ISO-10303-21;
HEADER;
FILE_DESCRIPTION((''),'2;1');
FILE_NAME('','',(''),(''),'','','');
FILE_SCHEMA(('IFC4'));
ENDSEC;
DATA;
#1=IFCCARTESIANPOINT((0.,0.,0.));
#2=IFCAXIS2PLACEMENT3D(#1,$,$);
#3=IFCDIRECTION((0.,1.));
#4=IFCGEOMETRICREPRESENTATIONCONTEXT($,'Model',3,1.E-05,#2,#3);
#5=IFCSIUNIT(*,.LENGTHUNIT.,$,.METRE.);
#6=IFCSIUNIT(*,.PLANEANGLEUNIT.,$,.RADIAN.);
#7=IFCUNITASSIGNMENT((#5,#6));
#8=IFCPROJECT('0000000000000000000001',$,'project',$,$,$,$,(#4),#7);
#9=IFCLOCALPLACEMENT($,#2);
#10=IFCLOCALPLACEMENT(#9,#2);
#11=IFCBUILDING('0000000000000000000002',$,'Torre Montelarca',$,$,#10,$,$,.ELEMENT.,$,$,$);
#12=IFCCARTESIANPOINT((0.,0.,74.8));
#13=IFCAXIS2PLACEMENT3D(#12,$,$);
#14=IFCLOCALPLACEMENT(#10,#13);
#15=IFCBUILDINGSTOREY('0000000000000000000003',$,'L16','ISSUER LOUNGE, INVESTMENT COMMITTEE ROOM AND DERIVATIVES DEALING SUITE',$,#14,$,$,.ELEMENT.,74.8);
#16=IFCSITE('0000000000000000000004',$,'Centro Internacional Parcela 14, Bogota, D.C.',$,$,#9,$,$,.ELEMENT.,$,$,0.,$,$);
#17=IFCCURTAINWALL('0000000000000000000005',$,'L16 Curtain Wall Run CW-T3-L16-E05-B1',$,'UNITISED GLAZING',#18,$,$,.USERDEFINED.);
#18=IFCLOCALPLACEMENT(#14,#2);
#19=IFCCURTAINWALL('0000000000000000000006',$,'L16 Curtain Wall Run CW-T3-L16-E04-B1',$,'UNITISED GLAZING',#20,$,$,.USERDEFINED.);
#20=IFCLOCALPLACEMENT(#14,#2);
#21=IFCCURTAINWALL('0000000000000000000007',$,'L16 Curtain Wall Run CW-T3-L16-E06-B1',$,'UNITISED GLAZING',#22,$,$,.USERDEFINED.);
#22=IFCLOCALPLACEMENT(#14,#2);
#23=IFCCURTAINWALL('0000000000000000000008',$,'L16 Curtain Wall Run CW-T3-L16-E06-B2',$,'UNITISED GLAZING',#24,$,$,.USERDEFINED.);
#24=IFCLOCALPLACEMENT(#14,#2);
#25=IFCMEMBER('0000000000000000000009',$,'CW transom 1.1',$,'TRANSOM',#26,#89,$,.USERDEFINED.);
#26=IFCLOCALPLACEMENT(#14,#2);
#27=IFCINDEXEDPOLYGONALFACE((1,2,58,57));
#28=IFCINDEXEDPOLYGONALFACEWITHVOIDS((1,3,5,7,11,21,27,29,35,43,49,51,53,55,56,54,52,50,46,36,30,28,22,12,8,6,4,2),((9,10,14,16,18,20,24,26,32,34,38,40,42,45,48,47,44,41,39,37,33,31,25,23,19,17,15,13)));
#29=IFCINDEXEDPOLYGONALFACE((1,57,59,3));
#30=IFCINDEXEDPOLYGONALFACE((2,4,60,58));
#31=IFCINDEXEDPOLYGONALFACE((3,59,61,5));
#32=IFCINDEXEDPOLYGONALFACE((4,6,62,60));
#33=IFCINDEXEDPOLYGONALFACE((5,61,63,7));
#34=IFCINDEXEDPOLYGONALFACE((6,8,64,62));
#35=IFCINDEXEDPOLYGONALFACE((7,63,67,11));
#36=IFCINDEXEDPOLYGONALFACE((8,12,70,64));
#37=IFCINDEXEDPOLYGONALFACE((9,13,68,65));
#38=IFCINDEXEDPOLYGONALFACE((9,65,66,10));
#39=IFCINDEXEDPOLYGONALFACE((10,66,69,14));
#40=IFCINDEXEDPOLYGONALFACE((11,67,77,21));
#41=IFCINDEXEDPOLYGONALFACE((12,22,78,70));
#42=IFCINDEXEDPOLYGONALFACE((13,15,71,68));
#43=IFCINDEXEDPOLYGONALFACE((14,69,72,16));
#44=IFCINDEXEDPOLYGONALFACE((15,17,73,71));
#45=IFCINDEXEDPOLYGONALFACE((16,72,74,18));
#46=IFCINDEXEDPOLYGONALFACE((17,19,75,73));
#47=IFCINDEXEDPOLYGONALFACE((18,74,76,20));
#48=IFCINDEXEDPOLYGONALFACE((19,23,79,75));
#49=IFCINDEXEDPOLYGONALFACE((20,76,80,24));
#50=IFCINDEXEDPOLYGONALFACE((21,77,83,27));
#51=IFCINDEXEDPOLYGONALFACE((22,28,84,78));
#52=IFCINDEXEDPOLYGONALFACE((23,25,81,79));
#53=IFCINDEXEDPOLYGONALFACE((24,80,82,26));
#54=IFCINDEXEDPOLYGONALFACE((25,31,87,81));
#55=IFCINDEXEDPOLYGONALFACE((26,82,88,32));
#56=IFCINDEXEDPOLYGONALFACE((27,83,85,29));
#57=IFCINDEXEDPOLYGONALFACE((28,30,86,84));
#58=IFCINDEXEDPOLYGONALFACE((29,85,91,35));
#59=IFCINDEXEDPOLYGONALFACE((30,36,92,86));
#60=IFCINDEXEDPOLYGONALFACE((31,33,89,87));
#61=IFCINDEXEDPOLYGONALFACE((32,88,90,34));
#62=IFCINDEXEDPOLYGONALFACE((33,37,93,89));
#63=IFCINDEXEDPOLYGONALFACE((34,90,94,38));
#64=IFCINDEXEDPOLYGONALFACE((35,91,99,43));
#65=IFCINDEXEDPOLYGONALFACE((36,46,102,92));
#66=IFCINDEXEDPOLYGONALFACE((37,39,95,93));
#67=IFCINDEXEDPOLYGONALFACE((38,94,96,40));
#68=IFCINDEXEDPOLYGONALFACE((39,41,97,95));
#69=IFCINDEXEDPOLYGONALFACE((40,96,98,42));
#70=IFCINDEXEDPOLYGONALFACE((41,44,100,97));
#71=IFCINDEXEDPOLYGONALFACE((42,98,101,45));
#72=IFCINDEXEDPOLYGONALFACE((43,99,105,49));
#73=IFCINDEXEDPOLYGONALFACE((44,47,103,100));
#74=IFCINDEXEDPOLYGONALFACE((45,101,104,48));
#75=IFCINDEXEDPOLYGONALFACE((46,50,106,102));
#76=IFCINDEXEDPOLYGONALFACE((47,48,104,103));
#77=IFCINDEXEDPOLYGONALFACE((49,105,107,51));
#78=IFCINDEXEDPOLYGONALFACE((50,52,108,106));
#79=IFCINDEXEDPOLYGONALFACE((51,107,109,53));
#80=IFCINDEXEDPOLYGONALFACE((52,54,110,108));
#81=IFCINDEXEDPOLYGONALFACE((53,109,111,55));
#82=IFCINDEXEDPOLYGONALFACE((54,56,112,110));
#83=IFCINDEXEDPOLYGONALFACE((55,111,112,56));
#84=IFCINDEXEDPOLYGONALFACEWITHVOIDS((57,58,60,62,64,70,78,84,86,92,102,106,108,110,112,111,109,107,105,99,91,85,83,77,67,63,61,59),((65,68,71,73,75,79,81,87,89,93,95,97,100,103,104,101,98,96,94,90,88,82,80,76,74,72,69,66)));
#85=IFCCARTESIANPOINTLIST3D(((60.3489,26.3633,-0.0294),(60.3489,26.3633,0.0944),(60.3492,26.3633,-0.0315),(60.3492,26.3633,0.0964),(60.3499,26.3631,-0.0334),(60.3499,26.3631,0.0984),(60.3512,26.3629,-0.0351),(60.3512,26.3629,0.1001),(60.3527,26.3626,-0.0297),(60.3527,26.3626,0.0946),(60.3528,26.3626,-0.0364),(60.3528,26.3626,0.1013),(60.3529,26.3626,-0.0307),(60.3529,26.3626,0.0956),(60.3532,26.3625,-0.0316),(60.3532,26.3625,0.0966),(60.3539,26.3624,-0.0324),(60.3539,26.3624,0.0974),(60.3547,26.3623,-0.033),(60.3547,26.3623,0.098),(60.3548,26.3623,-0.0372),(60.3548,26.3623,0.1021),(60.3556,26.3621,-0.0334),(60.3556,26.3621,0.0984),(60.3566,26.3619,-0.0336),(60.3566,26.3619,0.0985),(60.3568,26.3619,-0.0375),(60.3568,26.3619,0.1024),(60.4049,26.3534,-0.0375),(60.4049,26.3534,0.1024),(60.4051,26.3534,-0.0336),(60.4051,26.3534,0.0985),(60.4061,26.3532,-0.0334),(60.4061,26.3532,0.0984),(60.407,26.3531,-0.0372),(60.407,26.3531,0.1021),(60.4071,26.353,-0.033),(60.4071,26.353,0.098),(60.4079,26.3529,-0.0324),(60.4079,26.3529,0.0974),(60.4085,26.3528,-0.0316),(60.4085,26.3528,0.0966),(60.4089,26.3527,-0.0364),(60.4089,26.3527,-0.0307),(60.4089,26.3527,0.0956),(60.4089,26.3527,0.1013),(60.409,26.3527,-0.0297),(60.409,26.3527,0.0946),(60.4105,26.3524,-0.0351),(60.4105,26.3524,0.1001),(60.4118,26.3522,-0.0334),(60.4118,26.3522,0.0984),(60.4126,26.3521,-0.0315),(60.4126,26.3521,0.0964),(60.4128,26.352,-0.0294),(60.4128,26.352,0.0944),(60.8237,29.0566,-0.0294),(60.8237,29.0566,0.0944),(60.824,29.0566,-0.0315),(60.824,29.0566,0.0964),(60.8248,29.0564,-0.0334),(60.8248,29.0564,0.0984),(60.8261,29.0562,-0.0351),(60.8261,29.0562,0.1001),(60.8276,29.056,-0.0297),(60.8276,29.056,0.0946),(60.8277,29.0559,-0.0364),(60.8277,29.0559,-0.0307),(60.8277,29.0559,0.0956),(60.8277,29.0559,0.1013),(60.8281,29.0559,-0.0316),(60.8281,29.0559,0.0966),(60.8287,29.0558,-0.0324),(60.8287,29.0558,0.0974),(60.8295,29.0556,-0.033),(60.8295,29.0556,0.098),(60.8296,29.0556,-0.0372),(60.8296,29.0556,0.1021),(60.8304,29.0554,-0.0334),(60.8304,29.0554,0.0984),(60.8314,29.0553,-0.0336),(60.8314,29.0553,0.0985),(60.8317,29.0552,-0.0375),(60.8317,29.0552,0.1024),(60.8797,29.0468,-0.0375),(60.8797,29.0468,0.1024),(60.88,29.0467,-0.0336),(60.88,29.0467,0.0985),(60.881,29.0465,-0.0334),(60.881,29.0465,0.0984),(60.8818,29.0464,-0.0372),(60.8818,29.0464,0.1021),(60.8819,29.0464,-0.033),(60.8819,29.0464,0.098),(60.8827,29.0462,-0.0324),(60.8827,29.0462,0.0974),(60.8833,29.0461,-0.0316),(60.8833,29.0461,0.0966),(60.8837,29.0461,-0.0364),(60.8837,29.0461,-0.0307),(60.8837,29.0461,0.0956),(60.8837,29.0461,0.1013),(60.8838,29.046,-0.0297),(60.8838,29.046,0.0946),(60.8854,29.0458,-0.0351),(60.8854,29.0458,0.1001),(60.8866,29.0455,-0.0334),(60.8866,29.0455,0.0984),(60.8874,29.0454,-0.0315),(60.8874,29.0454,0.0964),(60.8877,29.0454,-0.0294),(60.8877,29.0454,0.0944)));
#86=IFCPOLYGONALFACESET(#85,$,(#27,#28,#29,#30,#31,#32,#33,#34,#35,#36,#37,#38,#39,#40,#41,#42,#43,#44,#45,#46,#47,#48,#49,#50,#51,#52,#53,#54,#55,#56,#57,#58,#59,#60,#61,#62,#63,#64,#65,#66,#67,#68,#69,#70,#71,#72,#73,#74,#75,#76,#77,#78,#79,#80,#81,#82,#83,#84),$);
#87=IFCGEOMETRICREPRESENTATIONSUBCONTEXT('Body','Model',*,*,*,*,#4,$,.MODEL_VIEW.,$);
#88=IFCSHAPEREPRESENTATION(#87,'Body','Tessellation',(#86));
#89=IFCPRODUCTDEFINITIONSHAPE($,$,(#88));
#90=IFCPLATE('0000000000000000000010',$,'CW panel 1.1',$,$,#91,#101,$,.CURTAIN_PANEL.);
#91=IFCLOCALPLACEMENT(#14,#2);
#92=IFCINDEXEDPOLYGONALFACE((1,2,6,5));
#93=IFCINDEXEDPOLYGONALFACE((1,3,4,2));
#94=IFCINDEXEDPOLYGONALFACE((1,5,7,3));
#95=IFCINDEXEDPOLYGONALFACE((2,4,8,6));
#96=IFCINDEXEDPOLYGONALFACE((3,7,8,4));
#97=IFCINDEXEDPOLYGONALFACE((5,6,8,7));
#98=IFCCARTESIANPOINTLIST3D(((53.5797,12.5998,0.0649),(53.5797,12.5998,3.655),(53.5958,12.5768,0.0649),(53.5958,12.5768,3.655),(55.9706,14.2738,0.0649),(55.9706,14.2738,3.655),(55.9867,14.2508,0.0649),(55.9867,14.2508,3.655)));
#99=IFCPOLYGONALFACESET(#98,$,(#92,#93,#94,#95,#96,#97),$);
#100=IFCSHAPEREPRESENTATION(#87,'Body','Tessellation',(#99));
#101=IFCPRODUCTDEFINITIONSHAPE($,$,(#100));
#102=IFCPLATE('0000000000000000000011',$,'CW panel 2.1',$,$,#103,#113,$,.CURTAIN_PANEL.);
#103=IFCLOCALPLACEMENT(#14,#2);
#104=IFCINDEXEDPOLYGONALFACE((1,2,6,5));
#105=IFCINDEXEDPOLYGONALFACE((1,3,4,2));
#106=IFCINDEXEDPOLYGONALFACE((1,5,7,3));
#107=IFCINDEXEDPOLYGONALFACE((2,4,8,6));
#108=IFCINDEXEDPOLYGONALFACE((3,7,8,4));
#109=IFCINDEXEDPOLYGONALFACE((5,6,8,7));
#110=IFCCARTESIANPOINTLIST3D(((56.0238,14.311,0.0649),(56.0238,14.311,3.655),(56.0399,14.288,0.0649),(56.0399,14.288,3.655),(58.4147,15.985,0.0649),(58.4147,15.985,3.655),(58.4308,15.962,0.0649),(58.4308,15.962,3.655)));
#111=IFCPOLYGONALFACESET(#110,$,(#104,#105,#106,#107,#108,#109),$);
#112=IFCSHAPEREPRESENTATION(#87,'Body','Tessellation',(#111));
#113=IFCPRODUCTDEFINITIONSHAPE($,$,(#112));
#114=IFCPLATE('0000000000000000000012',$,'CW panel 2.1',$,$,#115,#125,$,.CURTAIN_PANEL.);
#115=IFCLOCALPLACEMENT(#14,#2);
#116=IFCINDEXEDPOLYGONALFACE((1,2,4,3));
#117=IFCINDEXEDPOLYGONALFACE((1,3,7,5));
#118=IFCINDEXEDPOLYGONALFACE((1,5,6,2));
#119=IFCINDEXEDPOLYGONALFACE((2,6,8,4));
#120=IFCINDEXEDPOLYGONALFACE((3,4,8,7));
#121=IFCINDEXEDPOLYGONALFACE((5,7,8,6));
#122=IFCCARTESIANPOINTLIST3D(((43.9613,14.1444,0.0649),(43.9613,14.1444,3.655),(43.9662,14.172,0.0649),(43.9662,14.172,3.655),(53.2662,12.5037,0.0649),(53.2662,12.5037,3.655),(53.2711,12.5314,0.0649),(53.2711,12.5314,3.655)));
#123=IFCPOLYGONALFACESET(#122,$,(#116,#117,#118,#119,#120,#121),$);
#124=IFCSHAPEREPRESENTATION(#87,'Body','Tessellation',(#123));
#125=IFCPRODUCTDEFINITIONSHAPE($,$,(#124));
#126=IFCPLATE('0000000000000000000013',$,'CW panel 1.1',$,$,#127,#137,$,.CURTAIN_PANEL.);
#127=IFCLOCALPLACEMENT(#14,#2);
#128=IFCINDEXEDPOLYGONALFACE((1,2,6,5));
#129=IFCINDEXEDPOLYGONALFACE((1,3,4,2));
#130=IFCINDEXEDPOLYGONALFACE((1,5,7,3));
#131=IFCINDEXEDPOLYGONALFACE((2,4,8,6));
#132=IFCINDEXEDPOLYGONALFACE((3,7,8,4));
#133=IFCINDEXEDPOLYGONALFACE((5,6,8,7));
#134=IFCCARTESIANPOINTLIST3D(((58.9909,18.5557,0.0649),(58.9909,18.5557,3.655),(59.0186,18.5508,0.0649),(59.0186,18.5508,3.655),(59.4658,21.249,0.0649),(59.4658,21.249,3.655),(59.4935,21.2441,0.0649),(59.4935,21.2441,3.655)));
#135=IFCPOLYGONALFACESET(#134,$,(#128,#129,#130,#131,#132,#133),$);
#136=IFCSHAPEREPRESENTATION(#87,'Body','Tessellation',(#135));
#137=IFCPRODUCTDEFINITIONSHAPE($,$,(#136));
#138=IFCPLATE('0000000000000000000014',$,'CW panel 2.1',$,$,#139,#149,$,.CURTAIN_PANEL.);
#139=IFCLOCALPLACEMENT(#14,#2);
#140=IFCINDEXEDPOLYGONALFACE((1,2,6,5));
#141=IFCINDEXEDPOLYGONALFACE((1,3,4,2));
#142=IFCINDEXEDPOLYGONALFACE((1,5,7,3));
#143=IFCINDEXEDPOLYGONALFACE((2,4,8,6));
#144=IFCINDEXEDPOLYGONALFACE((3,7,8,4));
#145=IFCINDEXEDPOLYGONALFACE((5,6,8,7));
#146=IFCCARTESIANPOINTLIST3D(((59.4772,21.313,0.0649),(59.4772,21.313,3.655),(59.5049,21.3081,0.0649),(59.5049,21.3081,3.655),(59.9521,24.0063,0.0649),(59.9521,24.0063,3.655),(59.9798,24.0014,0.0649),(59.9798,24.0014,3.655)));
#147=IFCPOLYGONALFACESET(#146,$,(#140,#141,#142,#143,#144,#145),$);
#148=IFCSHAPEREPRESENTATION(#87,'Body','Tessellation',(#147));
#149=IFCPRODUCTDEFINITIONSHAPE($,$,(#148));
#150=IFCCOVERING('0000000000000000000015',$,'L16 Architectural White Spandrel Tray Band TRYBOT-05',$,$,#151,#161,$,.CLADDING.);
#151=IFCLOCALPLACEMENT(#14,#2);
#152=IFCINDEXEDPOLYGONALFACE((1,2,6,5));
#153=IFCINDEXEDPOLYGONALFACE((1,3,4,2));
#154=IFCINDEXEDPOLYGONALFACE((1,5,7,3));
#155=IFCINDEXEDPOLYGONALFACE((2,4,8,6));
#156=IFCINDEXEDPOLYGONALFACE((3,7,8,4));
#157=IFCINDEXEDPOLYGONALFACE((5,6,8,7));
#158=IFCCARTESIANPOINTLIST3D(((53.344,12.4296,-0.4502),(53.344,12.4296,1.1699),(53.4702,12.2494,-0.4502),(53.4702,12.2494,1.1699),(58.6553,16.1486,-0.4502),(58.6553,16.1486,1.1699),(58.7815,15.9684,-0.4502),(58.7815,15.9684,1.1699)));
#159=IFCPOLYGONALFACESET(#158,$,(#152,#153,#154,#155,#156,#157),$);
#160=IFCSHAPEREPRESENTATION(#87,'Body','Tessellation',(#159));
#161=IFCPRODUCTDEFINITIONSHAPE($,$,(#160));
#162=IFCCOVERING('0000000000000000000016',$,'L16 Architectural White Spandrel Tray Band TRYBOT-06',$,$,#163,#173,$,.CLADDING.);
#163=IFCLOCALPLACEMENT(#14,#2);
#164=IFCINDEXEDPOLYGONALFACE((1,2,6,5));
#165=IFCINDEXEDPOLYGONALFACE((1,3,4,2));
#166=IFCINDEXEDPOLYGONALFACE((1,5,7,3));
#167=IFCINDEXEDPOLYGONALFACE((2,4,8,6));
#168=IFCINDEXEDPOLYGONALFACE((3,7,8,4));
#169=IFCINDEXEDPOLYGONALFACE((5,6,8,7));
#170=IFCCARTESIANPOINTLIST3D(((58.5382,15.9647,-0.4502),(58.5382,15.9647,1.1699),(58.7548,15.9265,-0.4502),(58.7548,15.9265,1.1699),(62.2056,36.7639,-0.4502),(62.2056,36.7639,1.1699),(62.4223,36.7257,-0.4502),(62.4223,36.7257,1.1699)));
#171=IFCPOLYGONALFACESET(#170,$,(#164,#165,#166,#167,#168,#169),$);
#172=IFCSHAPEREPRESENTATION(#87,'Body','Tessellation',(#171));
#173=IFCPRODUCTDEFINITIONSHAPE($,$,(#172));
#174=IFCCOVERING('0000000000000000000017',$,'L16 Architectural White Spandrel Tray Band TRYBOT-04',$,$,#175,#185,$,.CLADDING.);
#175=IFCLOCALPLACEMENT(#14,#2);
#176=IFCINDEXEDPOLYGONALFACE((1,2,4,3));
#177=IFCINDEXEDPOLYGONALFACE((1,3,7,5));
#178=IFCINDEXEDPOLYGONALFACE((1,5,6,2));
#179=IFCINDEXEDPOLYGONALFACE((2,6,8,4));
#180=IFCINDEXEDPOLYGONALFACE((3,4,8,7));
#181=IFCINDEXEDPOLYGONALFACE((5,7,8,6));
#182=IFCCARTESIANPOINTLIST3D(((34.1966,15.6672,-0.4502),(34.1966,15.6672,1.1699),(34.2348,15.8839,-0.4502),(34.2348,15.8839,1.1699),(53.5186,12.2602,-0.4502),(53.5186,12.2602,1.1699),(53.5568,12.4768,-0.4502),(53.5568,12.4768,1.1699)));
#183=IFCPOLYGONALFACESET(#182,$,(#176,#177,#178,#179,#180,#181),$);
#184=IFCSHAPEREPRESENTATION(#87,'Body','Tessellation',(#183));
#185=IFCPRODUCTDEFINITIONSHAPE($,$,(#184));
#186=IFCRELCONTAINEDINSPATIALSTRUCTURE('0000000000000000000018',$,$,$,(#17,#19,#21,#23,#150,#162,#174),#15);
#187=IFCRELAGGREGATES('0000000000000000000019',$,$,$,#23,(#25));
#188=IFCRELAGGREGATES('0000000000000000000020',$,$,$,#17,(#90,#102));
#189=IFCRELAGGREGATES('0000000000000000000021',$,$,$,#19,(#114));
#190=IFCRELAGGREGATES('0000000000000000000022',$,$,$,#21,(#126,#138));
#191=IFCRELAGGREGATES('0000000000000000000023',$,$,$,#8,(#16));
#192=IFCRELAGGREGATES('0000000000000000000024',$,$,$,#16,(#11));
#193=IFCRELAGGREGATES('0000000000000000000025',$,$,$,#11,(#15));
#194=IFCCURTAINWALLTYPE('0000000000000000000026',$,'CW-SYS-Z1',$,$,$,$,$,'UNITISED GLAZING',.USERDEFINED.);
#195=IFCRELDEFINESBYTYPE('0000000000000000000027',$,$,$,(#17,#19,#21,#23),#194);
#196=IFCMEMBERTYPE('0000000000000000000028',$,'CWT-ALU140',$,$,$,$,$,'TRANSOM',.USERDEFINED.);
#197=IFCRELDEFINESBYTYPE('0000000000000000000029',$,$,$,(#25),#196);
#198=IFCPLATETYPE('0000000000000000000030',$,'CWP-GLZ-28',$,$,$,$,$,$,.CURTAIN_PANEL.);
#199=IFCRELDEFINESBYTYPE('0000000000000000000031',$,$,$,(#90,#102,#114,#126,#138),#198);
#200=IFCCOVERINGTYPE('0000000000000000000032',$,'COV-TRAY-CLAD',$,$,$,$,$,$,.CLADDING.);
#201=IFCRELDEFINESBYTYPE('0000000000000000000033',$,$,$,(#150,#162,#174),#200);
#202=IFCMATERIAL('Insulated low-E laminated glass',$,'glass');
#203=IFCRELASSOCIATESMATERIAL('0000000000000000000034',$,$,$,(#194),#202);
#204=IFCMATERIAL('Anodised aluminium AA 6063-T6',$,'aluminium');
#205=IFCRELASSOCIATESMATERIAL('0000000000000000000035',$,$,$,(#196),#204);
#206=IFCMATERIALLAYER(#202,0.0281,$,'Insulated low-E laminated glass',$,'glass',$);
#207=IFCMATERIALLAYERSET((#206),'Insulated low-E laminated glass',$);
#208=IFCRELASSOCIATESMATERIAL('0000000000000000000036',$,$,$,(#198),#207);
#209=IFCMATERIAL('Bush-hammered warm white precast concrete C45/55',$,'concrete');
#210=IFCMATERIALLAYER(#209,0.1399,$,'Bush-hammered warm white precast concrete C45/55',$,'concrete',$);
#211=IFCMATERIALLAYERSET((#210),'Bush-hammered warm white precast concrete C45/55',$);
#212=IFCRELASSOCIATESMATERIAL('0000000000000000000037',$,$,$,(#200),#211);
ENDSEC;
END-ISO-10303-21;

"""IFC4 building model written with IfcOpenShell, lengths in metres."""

from ifc_helpers import new_model, si_unit, direction, frame, origin, origin_2d, place, context, subcontext, project, spatial, rectangle, hollow_rectangle, extrude, source, transform, mapped, material, layer, layer_set, material_profile, profile_set, type_object, element, aggregate, save


model = new_model("IFC4")

# Units and contexts
model_context = context("Model", 3, precision=1e-05, world=origin(), true_north=direction((0.0, 1.0)))
body_context = subcontext(model_context, "Body", "Model", "MODEL_VIEW")
ifc_project = project(units=[si_unit("LENGTHUNIT", "METRE"), si_unit("PLANEANGLEUNIT", "RADIAN")], contexts=[model_context])

# Site, building, storey
site_placement = place(None, origin())
site = spatial("IfcSite", under=ifc_project, at=site_placement, Name="Centro Internacional Parcela 14, Bogota, D.C.", CompositionType="ELEMENT", RefElevation=0.0)
building_placement = place(site_placement, origin())
building = spatial("IfcBuilding", under=site, at=building_placement, Name="Torre Montelarca", CompositionType="ELEMENT")
storey_placement = place(building_placement, frame((0.0, 0.0, 74.8)))
storey = spatial("IfcBuildingStorey", under=building, at=storey_placement, Name="L16", Description="ISSUER LOUNGE, INVESTMENT COMMITTEE ROOM AND DERIVATIVES DEALING SUITE", CompositionType="ELEMENT", Elevation=74.8)

# Curtain walls
ifc_material_1 = material(Name="Insulated low-E laminated glass", Category="glass")
curtain_wall_type = type_object("IfcCurtainWallType", Name="CW-SYS-Z1", ElementType="UNITISED GLAZING", PredefinedType="USERDEFINED", material=ifc_material_1)
curtain_wall_1_placement = place(storey_placement, origin())
curtain_wall_1 = element("IfcCurtainWall", 1, at=curtain_wall_1_placement, inside=storey, type_object=curtain_wall_type, Name="L16 Curtain Wall Run CW-T3-L16-E05-B1", ObjectType="UNITISED GLAZING", PredefinedType="USERDEFINED")
ifc_material_2 = material(Name="Anodised aluminium AA 6063-T6", Category="aluminium")
ifc_material_profile_1 = material_profile(ifc_material_2, hollow_rectangle(XDim=0.0649, YDim=0.1399, WallThickness=0.0039, InnerFilletRadius=0.0039, OuterFilletRadius=0.0081, at=origin_2d()), Name="ALU65X140X4", Category="aluminium")
ifc_profile_set_1 = profile_set([ifc_material_profile_1], Name="Anodised aluminium AA 6063-T6")
member_type_1 = type_object("IfcMemberType", Name="CWT-ALU140", ElementType="TRANSOM", PredefinedType="USERDEFINED", material=ifc_profile_set_1)
curtain_wall_2_placement = place(storey_placement, origin())
curtain_wall_2 = element("IfcCurtainWall", 2, at=curtain_wall_2_placement, inside=storey, type_object=curtain_wall_type, Name="L16 Curtain Wall Run CW-T3-L16-E04-B1", ObjectType="UNITISED GLAZING", PredefinedType="USERDEFINED")

# Curtain wall
curtain_wall_3_placement = place(storey_placement, origin())
curtain_wall_3 = element("IfcCurtainWall", 3, at=curtain_wall_3_placement, inside=storey, type_object=curtain_wall_type, Name="L16 Curtain Wall Run CW-T3-L16-E06-B1", ObjectType="UNITISED GLAZING", PredefinedType="USERDEFINED")

# Curtain wall
curtain_wall_4_placement = place(storey_placement, origin())
curtain_wall_4 = element("IfcCurtainWall", 4, at=curtain_wall_4_placement, inside=storey, type_object=curtain_wall_type, Name="L16 Curtain Wall Run CW-T3-L16-E06-B2", ObjectType="UNITISED GLAZING", PredefinedType="USERDEFINED")

# Member
shared_shape_1 = source(origin(), body_context, "Body", "SweptSolid", [
    extrude(hollow_rectangle(XDim=0.0649, YDim=0.1399, WallThickness=0.0039, InnerFilletRadius=0.0039, OuterFilletRadius=0.0081, at=origin_2d()), origin(), (0.0, 0.0, 1.0), 2.7349),
])
member_1_placement = place(storey_placement, frame((60.3809, 26.3577, 0.0325), z_axis=(0.173627, 0.984811, 0.0), x_axis=(-0.984811, 0.173627, 0.0)))
member_1 = element("IfcMember", 5, at=member_1_placement, type_object=member_type_1, Name="CW transom 1.1", ObjectType="TRANSOM", PredefinedType="USERDEFINED", context=body_context, shape_type="MappedRepresentation", body=[
    mapped(shared_shape_1, transform((0.0, 0.0, 0.0), scale=1.0)),
])
aggregate(curtain_wall_4, [member_1])

# Plates
ifc_layer_1 = layer(ifc_material_1, 0.0281, Name="Insulated low-E laminated glass", Category="glass")
ifc_layer_set_1 = layer_set([ifc_layer_1], Name="Insulated low-E laminated glass")
plate_type = type_object("IfcPlateType", Name="CWP-GLZ-28", PredefinedType="CURTAIN_PANEL", material=ifc_layer_set_1)
shared_shape_2 = source(origin(), body_context, "Body", "SweptSolid", [
    extrude(rectangle(XDim=2.9187, YDim=0.0281, at=origin_2d()), origin(), (0.0, 0.0, 1.0), 3.5901),
])
plate_1_placement = place(storey_placement, frame((54.7832, 13.4253, 0.0649), z_axis=(0.0, 0.0, 1.0), x_axis=(0.819174, 0.573546, 0.0)))
plate_1 = element("IfcPlate", 6, at=plate_1_placement, type_object=plate_type, Name="CW panel 1.1", PredefinedType="CURTAIN_PANEL", context=body_context, shape_type="MappedRepresentation", body=[
    mapped(shared_shape_2, transform((0.0, 0.0, 0.0), scale=1.0)),
])
plate_2_placement = place(storey_placement, frame((57.2273, 15.1365, 0.0649), z_axis=(0.0, 0.0, 1.0), x_axis=(0.819174, 0.573546, 0.0)))
plate_2 = element("IfcPlate", 7, at=plate_2_placement, type_object=plate_type, Name="CW panel 2.1", PredefinedType="CURTAIN_PANEL", context=body_context, shape_type="MappedRepresentation", body=[
    mapped(shared_shape_2, transform((0.0, 0.0, 0.0), scale=1.0)),
])
aggregate(curtain_wall_1, [plate_1, plate_2])
shared_shape_3 = source(origin(), body_context, "Body", "SweptSolid", [
    extrude(rectangle(XDim=9.4485, YDim=0.0281, at=origin_2d()), origin(), (0.0, 0.0, 1.0), 3.5901),
])
plate_3_placement = place(storey_placement, frame((48.6162, 13.3379, 0.0649), z_axis=(0.0, 0.0, 1.0), x_axis=(0.984809, -0.173643, 0.0)))
plate_3 = element("IfcPlate", 8, at=plate_3_placement, type_object=plate_type, Name="CW panel 2.1", PredefinedType="CURTAIN_PANEL", context=body_context, shape_type="MappedRepresentation", body=[
    mapped(shared_shape_3, transform((0.0, 0.0, 0.0), scale=1.0)),
])
aggregate(curtain_wall_2, [plate_3])
shared_shape_4 = source(origin(), body_context, "Body", "SweptSolid", [
    extrude(rectangle(XDim=2.7349, YDim=0.0281, at=origin_2d()), origin(), (0.0, 0.0, 1.0), 3.5901),
])
plate_4_placement = place(storey_placement, frame((59.2422, 19.8999, 0.0649), z_axis=(0.0, 0.0, 1.0), x_axis=(0.173646, 0.984808, 0.0)))
plate_4 = element("IfcPlate", 9, at=plate_4_placement, type_object=plate_type, Name="CW panel 1.1", PredefinedType="CURTAIN_PANEL", context=body_context, shape_type="MappedRepresentation", body=[
    mapped(shared_shape_4, transform((0.0, 0.0, 0.0), scale=1.0)),
])
plate_5_placement = place(storey_placement, frame((59.7285, 22.6572, 0.0649), z_axis=(0.0, 0.0, 1.0), x_axis=(0.173646, 0.984808, 0.0)))
plate_5 = element("IfcPlate", 10, at=plate_5_placement, type_object=plate_type, Name="CW panel 2.1", PredefinedType="CURTAIN_PANEL", context=body_context, shape_type="MappedRepresentation", body=[
    mapped(shared_shape_4, transform((0.0, 0.0, 0.0), scale=1.0)),
])
aggregate(curtain_wall_3, [plate_4, plate_5])

# Coverings
ifc_material_3 = material(Name="Bush-hammered warm white precast concrete C45/55", Category="concrete")
ifc_layer_2 = layer(ifc_material_3, 0.1399, Name="Bush-hammered warm white precast concrete C45/55", Category="concrete")
ifc_layer_set_2 = layer_set([ifc_layer_2], Name="Bush-hammered warm white precast concrete C45/55")
covering_type = type_object("IfcCoveringType", Name="COV-TRAY-CLAD", PredefinedType="CLADDING", material=ifc_layer_set_2)
shared_shape_5 = source(origin(), body_context, "Body", "SweptSolid", [
    extrude(rectangle(XDim=6.4839, YDim=0.22, at=origin_2d()), origin(), (0.0, 0.0, 1.0), 1.6201),
])
covering_1_placement = place(storey_placement, frame((56.0627, 14.199, -0.4502), z_axis=(0.0, 0.0, 1.0), x_axis=(0.819156, 0.573571, 0.0)))
element("IfcCovering", 11, at=covering_1_placement, inside=storey, type_object=covering_type, Name="L16 Architectural White Spandrel Tray Band TRYBOT-05", PredefinedType="CLADDING", context=body_context, shape_type="MappedRepresentation", body=[
    mapped(shared_shape_5, transform((0.0, 0.0, 0.0), scale=1.0)),
])
shared_shape_6 = source(origin(), body_context, "Body", "SweptSolid", [
    extrude(rectangle(XDim=21.1201, YDim=0.22, at=origin_2d()), origin(), (0.0, 0.0, 1.0), 1.6201),
])
covering_2_placement = place(storey_placement, frame((60.4802, 26.3452, -0.4502), z_axis=(0.0, 0.0, 1.0), x_axis=(0.173648, 0.984808, 0.0)))
element("IfcCovering", 12, at=covering_2_placement, inside=storey, type_object=covering_type, Name="L16 Architectural White Spandrel Tray Band TRYBOT-06", PredefinedType="CLADDING", context=body_context, shape_type="MappedRepresentation", body=[
    mapped(shared_shape_6, transform((0.0, 0.0, 0.0), scale=1.0)),
])
shared_shape_7 = source(origin(), body_context, "Body", "SweptSolid", [
    extrude(rectangle(XDim=19.6201, YDim=0.22, at=origin_2d()), origin(), (0.0, 0.0, 1.0), 1.6201),
])
covering_3_placement = place(storey_placement, frame((43.8767, 14.072, -0.4502), z_axis=(0.0, 0.0, 1.0), x_axis=(0.984807, -0.173652, 0.0)))
element("IfcCovering", 13, at=covering_3_placement, inside=storey, type_object=covering_type, Name="L16 Architectural White Spandrel Tray Band TRYBOT-04", PredefinedType="CLADDING", context=body_context, shape_type="MappedRepresentation", body=[
    mapped(shared_shape_7, transform((0.0, 0.0, 0.0), scale=1.0)),
])

save(model, "model.ifc")
